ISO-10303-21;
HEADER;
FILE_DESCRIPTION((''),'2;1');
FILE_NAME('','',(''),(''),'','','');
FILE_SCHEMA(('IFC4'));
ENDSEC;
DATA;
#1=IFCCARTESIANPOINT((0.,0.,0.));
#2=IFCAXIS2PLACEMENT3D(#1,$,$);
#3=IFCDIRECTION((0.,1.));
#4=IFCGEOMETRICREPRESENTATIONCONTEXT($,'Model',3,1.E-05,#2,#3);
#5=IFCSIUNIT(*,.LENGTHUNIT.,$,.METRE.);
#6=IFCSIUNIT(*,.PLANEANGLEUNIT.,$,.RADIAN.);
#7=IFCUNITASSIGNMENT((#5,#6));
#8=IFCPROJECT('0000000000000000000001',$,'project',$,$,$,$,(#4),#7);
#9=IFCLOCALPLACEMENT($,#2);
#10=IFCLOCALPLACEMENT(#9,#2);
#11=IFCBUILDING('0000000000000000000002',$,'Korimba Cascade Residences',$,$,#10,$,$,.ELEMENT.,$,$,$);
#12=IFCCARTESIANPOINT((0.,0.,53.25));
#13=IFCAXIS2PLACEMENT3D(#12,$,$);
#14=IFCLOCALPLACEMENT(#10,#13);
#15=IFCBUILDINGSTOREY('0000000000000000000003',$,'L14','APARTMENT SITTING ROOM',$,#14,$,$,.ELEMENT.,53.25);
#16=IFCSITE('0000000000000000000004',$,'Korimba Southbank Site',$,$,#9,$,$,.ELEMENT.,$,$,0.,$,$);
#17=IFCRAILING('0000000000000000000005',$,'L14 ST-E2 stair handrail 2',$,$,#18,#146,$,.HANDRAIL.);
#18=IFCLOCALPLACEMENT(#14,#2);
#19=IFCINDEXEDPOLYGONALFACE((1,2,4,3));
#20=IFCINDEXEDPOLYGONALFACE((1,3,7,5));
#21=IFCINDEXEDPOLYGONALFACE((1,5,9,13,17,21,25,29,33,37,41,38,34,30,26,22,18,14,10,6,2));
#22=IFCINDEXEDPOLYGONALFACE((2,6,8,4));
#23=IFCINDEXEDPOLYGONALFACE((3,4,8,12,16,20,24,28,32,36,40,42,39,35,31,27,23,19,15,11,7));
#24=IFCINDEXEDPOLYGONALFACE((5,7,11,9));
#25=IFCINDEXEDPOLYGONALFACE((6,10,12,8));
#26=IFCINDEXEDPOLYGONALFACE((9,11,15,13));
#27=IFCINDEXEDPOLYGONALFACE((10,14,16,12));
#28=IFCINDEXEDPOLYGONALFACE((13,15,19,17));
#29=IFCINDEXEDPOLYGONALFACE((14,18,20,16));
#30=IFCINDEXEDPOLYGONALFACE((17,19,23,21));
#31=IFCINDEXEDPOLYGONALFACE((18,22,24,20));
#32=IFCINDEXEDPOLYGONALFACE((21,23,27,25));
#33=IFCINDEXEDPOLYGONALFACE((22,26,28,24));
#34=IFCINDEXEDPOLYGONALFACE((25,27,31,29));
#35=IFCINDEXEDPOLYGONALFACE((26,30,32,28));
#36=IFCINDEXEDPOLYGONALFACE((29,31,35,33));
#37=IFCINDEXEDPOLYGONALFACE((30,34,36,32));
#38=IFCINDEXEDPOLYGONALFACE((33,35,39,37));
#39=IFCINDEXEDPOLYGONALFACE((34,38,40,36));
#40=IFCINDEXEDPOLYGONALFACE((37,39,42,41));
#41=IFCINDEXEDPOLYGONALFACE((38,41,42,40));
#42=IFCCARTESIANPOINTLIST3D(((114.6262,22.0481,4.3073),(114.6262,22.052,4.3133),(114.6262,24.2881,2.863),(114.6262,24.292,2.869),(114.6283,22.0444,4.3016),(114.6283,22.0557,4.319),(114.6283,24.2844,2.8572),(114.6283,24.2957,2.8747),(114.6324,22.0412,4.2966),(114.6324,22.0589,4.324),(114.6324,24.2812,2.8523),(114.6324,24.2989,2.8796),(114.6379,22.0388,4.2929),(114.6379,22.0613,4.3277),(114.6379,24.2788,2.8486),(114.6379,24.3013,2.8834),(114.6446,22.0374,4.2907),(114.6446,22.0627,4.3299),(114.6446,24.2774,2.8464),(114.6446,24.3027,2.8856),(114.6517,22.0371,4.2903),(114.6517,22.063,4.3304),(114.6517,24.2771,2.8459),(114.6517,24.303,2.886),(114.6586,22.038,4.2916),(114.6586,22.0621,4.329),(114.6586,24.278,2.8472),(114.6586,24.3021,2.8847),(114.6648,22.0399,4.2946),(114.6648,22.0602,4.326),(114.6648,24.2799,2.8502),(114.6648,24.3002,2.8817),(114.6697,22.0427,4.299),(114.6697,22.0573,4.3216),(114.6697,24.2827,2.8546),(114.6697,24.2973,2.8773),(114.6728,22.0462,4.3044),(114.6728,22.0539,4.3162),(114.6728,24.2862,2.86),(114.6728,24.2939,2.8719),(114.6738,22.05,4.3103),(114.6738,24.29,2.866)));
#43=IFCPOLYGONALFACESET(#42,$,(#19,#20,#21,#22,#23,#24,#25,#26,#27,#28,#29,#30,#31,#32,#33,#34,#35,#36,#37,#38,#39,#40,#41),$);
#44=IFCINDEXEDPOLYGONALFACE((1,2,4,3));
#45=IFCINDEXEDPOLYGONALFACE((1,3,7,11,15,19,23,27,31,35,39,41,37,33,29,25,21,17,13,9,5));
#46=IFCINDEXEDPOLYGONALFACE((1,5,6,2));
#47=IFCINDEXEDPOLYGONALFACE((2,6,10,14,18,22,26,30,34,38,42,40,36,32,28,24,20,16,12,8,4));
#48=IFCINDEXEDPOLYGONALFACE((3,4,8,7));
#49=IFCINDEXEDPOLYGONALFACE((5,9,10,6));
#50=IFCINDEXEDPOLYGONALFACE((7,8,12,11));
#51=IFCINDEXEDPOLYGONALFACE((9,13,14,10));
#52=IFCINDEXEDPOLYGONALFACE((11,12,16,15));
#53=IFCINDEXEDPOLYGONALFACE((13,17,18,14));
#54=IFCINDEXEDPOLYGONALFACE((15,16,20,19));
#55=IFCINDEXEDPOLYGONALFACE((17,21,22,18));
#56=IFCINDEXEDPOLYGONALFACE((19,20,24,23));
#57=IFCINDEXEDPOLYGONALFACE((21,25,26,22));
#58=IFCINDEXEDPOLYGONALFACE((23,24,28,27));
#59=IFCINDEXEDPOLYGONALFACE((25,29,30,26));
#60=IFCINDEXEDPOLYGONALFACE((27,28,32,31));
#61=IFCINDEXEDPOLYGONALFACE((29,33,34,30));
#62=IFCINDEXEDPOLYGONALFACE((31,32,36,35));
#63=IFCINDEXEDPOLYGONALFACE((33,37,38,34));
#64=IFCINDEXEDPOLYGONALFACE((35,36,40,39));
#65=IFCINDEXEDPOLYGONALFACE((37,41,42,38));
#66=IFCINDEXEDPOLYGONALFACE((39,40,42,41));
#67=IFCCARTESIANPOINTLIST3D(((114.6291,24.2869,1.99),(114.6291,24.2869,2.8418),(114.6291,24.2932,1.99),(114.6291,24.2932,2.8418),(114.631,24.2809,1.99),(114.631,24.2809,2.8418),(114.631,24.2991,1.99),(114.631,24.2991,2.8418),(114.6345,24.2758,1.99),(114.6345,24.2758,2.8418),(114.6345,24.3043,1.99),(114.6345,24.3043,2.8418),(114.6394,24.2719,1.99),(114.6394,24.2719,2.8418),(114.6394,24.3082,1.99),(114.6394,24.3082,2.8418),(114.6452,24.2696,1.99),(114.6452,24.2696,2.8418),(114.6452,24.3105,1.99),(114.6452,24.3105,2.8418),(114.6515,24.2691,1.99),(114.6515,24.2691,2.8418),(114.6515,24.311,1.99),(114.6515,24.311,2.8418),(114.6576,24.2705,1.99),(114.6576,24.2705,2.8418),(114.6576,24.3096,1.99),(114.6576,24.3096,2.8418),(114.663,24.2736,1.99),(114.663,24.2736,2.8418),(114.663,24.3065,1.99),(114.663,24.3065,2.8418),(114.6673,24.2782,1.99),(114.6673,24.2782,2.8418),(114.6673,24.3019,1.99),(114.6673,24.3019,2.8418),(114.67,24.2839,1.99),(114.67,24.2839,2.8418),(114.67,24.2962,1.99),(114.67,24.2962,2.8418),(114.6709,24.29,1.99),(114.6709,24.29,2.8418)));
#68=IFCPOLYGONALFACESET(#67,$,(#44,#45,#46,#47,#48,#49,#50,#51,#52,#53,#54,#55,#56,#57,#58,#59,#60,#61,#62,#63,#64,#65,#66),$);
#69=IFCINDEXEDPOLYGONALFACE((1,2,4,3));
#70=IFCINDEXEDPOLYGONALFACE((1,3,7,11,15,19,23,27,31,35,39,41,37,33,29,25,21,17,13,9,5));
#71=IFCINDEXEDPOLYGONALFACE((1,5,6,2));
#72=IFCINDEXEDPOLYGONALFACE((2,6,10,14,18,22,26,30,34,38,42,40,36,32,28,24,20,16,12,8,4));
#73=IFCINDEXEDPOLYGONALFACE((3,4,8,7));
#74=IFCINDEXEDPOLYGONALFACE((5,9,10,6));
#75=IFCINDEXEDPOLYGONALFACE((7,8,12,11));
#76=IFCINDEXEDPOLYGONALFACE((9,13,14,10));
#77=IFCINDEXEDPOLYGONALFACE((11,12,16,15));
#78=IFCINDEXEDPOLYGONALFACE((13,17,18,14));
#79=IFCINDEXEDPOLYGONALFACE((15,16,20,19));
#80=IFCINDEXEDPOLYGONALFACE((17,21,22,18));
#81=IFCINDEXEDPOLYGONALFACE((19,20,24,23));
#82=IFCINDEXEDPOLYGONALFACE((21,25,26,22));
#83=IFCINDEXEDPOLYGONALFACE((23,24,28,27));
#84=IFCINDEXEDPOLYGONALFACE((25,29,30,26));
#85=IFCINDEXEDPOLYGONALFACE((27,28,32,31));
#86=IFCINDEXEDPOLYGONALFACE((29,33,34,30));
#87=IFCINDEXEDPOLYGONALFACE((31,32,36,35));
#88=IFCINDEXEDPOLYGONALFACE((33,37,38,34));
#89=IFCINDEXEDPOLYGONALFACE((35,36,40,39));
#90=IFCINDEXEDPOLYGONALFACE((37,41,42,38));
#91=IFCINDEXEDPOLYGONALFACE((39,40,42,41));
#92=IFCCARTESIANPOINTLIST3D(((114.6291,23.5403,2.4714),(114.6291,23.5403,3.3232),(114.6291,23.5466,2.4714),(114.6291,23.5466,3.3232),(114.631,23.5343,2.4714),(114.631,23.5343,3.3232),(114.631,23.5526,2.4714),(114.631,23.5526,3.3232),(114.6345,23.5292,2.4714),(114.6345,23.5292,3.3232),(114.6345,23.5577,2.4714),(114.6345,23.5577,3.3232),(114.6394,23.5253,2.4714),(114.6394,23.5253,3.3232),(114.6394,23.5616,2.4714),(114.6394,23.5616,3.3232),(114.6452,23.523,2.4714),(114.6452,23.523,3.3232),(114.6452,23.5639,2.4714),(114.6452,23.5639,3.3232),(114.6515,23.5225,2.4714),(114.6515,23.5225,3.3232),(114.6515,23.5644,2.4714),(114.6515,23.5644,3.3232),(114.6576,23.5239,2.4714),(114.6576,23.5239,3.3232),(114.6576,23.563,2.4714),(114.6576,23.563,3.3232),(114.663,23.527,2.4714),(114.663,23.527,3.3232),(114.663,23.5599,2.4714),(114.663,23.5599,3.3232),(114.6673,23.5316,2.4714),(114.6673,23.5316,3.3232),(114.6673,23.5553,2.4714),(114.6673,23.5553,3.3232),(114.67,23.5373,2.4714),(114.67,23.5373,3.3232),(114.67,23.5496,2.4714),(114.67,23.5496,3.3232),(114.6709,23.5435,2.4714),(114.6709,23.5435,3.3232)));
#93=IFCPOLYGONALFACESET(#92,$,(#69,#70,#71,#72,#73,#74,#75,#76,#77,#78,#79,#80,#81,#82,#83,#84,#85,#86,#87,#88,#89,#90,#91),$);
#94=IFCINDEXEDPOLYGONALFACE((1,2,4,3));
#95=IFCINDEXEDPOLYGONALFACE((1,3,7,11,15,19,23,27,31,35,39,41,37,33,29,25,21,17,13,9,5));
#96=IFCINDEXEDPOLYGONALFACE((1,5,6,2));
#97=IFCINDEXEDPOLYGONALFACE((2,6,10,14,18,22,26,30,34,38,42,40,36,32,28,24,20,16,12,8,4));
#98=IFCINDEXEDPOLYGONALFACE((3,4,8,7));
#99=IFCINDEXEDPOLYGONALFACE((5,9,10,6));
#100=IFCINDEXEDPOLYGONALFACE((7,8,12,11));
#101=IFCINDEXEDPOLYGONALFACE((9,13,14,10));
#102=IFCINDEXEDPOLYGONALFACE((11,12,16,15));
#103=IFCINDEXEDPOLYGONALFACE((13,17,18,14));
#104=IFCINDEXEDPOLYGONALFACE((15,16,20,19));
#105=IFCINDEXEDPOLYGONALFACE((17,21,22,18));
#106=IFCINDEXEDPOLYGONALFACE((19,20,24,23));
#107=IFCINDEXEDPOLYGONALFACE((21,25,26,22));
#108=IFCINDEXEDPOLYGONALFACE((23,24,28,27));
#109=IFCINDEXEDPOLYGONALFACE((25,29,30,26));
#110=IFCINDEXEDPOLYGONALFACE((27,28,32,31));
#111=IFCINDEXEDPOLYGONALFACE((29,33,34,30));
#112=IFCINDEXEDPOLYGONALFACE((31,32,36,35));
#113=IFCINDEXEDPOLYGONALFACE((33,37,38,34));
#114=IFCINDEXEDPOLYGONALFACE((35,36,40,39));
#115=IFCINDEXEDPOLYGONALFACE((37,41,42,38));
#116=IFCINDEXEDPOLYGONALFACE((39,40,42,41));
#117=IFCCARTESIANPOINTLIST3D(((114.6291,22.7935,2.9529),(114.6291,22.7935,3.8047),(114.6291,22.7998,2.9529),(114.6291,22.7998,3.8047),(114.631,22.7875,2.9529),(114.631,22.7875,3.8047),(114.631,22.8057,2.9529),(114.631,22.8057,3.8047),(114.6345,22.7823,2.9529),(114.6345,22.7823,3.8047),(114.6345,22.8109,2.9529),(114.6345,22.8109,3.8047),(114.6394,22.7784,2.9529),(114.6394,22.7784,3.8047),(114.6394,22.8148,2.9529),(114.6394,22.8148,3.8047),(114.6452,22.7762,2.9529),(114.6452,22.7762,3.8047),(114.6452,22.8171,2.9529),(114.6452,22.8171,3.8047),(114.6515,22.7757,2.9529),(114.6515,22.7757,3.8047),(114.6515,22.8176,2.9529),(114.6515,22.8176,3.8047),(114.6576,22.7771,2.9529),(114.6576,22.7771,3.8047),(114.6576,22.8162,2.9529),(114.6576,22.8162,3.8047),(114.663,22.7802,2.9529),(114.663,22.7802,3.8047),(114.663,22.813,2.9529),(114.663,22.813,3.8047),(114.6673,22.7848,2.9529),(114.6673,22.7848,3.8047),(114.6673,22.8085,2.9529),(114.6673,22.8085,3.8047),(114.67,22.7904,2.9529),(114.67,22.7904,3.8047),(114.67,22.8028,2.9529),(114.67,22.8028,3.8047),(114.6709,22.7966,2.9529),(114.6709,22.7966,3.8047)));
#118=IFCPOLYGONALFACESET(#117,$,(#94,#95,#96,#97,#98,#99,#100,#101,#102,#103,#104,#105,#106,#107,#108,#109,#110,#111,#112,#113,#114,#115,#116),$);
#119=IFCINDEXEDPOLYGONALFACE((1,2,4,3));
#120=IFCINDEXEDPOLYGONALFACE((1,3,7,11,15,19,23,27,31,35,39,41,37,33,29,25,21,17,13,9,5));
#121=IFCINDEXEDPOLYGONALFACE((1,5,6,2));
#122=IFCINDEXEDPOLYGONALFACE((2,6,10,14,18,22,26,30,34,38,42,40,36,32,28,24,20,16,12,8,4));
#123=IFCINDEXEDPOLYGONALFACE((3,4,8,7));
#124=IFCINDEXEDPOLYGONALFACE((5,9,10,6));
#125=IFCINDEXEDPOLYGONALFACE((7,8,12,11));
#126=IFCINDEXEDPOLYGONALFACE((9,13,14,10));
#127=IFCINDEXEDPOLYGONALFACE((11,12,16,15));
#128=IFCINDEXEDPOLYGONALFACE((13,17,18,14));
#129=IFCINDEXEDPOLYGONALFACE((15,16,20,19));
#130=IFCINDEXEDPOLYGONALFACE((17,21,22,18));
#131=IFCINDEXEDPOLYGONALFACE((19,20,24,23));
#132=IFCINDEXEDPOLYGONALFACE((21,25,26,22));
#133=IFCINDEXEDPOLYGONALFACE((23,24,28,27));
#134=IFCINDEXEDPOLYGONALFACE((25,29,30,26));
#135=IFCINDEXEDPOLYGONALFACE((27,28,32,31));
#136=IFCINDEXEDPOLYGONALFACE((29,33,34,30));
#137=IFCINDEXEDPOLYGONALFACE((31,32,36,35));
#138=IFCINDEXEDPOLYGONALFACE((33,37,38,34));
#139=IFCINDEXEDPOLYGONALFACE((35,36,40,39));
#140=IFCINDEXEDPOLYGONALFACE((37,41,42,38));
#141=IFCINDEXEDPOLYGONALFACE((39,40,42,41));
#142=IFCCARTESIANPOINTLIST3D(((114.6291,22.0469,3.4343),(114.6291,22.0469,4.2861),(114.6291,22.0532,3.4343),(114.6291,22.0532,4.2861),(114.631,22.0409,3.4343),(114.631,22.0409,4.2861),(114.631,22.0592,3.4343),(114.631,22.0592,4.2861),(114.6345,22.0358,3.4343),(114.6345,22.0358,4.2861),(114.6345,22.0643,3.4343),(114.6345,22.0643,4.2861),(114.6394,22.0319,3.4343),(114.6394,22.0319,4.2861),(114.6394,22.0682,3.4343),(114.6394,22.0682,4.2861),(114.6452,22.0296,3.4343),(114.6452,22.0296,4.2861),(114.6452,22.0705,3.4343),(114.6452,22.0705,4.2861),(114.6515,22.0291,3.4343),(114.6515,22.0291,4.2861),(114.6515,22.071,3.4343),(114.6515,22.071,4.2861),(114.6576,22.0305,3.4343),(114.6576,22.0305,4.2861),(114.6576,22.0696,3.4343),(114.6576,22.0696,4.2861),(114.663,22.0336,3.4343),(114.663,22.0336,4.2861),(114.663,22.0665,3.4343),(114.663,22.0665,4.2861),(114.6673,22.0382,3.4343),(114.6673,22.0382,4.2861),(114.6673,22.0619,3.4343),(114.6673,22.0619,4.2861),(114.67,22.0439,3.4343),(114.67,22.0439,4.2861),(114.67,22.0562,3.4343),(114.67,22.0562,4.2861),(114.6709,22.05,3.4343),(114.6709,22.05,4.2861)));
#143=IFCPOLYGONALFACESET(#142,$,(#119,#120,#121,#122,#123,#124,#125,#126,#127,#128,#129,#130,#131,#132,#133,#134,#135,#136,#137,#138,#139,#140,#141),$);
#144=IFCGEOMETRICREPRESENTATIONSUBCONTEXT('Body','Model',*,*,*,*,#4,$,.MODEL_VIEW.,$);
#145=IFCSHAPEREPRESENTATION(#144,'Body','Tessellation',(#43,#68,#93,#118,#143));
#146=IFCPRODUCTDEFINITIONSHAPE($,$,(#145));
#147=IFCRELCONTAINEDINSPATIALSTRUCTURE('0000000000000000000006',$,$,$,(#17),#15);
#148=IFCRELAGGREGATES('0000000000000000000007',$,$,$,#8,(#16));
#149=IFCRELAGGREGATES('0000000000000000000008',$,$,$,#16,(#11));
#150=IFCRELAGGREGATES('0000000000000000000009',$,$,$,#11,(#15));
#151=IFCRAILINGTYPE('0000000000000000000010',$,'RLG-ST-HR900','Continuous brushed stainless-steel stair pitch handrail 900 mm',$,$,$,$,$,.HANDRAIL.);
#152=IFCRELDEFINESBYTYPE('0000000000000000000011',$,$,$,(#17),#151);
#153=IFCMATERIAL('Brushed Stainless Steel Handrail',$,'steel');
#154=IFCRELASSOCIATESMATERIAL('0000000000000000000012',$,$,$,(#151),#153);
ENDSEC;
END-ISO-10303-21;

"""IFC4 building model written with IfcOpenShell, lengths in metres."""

from ifc_helpers import new_model, si_unit, direction, frame, origin, origin_2d, place, context, subcontext, project, spatial, circle, extrude, material, type_object, element, save


model = new_model("IFC4")

# Units and contexts
model_context = context("Model", 3, precision=1e-05, world=origin(), true_north=direction((0.0, 1.0)))
body_context = subcontext(model_context, "Body", "Model", "MODEL_VIEW")
ifc_project = project(units=[si_unit("LENGTHUNIT", "METRE"), si_unit("PLANEANGLEUNIT", "RADIAN")], contexts=[model_context])

# Site, building, storey
site_placement = place(None, origin())
site = spatial("IfcSite", under=ifc_project, at=site_placement, Name="Korimba Southbank Site", CompositionType="ELEMENT", RefElevation=0.0)
building_placement = place(site_placement, origin())
building = spatial("IfcBuilding", under=site, at=building_placement, Name="Korimba Cascade Residences", CompositionType="ELEMENT")
storey_placement = place(building_placement, frame((0.0, 0.0, 53.25)))
storey = spatial("IfcBuildingStorey", under=building, at=storey_placement, Name="L14", Description="APARTMENT SITTING ROOM", CompositionType="ELEMENT", Elevation=53.25)

# Railing
ifc_material_1 = material(Name="Brushed Stainless Steel Handrail", Category="steel")
railing_type_1 = type_object("IfcRailingType", Name="RLG-ST-HR900", Description="Continuous brushed stainless-steel stair pitch handrail 900 mm", PredefinedType="HANDRAIL", material=ifc_material_1)
railing_1_placement = place(storey_placement, frame((114.6499, 24.29, 1.99)))
element("IfcRailing", 1, at=railing_1_placement, inside=storey, type_object=railing_type_1, Name="L14 ST-E2 stair handrail 2", PredefinedType="HANDRAIL", context=body_context, shape_type="SweptSolid", body=[
    extrude(circle(Radius=0.0239, at=origin_2d()), frame((0.0, 0.0, 0.876), z_axis=(0.0, -0.840437, 0.54191), x_axis=(1.0, 0.0, 0.0)), (0.0, 0.0, 1.0), 2.6653),
    extrude(circle(Radius=0.021, at=origin_2d()), origin(), (0.0, 0.0, 1.0), 0.8518),
    extrude(circle(Radius=0.021, at=origin_2d()), frame((0.0, -0.7466, 0.4814)), (0.0, 0.0, 1.0), 0.8518),
    extrude(circle(Radius=0.021, at=origin_2d()), frame((0.0, -1.4934, 0.9629)), (0.0, 0.0, 1.0), 0.8518),
    extrude(circle(Radius=0.021, at=origin_2d()), frame((0.0, -2.24, 1.4443)), (0.0, 0.0, 1.0), 0.8518),
])

save(model, "model.ifc")
